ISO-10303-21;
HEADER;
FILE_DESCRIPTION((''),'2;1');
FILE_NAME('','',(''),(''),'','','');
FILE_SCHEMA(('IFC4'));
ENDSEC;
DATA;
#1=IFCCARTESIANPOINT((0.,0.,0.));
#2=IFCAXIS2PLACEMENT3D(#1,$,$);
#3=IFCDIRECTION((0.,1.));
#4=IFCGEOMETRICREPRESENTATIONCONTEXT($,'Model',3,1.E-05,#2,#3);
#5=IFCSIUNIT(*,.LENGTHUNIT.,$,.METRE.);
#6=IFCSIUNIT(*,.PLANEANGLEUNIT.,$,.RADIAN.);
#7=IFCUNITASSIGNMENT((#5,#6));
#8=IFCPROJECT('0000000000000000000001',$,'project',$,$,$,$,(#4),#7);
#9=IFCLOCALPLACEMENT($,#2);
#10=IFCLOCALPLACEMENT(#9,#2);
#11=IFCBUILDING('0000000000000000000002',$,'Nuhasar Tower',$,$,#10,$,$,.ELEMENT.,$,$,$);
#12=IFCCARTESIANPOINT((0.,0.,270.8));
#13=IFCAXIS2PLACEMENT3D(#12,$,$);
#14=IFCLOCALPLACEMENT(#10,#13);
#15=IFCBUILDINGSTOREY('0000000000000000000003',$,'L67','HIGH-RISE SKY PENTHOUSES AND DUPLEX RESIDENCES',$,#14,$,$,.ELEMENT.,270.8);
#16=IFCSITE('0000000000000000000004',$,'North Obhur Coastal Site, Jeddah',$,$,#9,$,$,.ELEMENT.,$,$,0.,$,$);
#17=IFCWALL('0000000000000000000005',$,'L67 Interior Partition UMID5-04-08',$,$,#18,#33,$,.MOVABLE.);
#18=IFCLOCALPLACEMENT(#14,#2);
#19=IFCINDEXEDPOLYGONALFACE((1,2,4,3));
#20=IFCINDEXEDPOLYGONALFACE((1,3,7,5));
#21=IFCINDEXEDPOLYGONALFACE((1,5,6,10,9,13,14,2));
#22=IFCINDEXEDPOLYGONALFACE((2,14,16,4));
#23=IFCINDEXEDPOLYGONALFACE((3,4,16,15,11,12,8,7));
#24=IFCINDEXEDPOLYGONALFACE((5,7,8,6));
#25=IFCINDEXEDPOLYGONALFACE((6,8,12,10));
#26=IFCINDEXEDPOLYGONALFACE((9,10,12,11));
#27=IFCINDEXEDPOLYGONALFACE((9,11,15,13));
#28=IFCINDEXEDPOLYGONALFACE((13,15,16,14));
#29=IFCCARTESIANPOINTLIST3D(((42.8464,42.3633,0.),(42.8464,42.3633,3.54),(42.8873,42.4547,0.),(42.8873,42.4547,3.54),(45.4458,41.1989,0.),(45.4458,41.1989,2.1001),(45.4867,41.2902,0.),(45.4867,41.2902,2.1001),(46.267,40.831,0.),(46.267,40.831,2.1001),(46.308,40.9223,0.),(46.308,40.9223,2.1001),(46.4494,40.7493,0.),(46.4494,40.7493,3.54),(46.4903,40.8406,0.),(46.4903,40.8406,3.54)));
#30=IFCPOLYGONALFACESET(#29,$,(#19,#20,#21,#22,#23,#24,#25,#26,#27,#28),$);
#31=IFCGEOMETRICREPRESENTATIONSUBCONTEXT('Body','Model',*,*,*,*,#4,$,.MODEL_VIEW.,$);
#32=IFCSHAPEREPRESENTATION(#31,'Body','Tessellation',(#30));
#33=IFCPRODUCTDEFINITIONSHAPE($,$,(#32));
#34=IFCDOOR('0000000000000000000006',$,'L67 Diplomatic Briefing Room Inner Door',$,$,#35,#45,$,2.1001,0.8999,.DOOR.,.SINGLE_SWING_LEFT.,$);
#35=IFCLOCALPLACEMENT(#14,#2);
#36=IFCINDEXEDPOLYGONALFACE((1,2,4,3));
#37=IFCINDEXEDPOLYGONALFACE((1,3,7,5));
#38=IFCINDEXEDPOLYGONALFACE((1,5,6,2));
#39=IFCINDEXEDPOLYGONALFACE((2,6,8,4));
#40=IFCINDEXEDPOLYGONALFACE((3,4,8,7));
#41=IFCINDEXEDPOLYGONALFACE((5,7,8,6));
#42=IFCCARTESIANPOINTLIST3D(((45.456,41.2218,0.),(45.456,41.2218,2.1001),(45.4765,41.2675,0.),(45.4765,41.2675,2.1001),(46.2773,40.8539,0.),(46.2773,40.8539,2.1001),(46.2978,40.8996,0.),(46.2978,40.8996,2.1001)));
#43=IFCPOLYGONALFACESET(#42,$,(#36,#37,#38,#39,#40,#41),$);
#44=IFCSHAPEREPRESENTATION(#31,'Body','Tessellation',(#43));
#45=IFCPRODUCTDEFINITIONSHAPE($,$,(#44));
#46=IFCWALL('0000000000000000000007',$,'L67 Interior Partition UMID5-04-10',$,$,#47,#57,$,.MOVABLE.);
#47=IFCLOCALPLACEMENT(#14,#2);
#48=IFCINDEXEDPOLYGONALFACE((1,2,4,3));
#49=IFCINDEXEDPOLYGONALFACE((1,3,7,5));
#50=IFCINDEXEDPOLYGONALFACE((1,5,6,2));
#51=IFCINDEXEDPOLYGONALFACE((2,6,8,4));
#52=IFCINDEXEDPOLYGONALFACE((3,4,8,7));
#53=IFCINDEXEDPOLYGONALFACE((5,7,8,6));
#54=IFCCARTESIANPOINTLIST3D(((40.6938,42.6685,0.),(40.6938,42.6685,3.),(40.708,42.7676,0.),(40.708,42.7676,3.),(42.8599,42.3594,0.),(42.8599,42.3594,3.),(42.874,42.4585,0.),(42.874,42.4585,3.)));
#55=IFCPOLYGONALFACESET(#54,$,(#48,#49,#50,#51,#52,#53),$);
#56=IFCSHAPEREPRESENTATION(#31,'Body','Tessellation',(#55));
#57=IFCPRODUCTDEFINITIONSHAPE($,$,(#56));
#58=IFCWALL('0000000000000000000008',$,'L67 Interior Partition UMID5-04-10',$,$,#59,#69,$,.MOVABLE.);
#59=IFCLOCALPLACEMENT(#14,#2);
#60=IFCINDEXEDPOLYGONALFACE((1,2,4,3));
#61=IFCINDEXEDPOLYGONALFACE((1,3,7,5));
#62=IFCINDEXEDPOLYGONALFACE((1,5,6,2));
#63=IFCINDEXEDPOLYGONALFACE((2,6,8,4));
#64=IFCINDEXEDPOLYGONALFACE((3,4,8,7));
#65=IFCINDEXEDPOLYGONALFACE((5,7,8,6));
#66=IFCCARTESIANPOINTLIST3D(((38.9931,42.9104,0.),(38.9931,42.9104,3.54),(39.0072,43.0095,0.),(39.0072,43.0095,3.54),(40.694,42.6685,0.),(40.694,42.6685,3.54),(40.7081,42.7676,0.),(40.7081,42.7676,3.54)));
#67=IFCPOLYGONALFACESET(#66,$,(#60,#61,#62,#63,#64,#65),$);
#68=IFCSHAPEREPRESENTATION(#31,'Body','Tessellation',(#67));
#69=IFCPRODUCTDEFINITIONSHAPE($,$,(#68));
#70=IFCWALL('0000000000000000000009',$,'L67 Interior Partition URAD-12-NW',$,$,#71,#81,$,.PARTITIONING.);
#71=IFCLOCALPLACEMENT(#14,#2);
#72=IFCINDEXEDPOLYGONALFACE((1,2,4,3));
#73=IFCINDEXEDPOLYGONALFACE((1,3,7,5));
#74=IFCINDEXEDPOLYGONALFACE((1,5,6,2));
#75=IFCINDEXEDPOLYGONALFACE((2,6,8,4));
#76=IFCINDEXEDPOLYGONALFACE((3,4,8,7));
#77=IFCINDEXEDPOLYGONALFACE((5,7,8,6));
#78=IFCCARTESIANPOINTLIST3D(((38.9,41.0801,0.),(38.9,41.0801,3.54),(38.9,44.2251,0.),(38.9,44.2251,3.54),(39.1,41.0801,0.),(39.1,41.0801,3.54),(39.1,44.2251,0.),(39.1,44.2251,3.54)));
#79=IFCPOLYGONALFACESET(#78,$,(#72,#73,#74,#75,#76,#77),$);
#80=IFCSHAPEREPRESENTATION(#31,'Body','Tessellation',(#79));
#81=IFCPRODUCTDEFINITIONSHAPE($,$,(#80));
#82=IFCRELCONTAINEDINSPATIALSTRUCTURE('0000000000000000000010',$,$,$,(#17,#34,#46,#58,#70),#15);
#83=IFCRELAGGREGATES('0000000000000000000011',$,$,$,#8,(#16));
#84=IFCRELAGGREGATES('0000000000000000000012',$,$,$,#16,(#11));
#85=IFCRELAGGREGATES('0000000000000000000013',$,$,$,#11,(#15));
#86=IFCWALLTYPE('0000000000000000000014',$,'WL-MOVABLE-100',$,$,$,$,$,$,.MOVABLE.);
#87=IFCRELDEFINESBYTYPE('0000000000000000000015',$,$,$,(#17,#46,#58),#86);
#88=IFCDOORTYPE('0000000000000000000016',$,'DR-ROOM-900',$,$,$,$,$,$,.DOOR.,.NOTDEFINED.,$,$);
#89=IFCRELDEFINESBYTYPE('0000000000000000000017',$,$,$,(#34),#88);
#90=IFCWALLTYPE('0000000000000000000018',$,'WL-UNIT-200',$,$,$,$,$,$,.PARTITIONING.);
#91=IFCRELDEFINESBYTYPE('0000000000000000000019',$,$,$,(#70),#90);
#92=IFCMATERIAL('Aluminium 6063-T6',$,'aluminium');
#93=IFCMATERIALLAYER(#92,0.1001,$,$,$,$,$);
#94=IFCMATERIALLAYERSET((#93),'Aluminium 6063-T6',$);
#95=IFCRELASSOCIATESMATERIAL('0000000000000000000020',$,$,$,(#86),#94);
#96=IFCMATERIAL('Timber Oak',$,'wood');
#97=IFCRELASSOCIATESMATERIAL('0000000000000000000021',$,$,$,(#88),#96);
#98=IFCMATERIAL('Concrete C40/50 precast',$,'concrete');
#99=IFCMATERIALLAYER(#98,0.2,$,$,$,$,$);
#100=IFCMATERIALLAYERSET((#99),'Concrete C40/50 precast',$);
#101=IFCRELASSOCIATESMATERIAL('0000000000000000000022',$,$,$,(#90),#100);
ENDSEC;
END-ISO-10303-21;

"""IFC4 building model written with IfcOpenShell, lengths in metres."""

from ifc_helpers import new_model, si_unit, direction, frame, frame_2d, origin, place, context, subcontext, project, spatial, rectangle, extrude, material, layer, layer_set, type_object, element, fill, save


model = new_model("IFC4")

# Units and contexts
model_context = context("Model", 3, precision=1e-05, world=origin(), true_north=direction((0.0, 1.0)))
body_context = subcontext(model_context, "Body", "Model", "MODEL_VIEW")
ifc_project = project(units=[si_unit("LENGTHUNIT", "METRE"), si_unit("PLANEANGLEUNIT", "RADIAN")], contexts=[model_context])

# Site, building, storey
site_placement = place(None, origin())
site = spatial("IfcSite", under=ifc_project, at=site_placement, Name="North Obhur Coastal Site, Jeddah", CompositionType="ELEMENT", RefElevation=0.0)
building_placement = place(site_placement, origin())
building = spatial("IfcBuilding", under=site, at=building_placement, Name="Nuhasar Tower", CompositionType="ELEMENT")
storey_placement = place(building_placement, frame((0.0, 0.0, 270.8)))
storey = spatial("IfcBuildingStorey", under=building, at=storey_placement, Name="L67", Description="HIGH-RISE SKY PENTHOUSES AND DUPLEX RESIDENCES", CompositionType="ELEMENT", Elevation=270.8)

# Shared definitions
ifc_material_1 = material(Name="Aluminium 6063-T6", Category="aluminium")

# Shared definitions
ifc_material_2 = material(Name="Timber Oak", Category="wood")

# Wall, opening, door
ifc_layer_1 = layer(ifc_material_1, 0.1001)
ifc_layer_set_1 = layer_set([ifc_layer_1], Name="Aluminium 6063-T6")
wall_type_1 = type_object("IfcWallType", Name="WL-MOVABLE-100", PredefinedType="MOVABLE", material=ifc_layer_set_1)
wall_1_placement = place(storey_placement, frame((46.47, 40.7949, 0.0), z_axis=(0.0, 0.0, 1.0), x_axis=(-0.912617, 0.408816, 0.0)))
wall_1 = element("IfcWall", 1, at=wall_1_placement, inside=storey, type_object=wall_type_1, Name="L67 Interior Partition UMID5-04-08", PredefinedType="MOVABLE", context=body_context, shape_type="SweptSolid", body=[
    extrude(rectangle(XDim=3.948, YDim=0.1001, at=frame_2d((1.9741, 0.0))), origin(), (0.0, 0.0, 1.0), 3.54),
])
opening_1_placement = place(wall_1_placement, frame((0.2, 0.0, 0.0)))
opening_1 = element("IfcOpeningElement", 2, at=opening_1_placement, cuts=wall_1, PredefinedType="OPENING", context=body_context, shape_type="SweptSolid", body=[
    extrude(rectangle(XDim=0.8999, YDim=2.1001, at=frame_2d((0.45, 1.05))), frame((0.0, 0.0601, 0.0), z_axis=(0.0, -1.0, 0.0), x_axis=(1.0, 0.0, 0.0)), (0.0, 0.0, 1.0), 0.1201),
])
door_type_1 = type_object("IfcDoorType", Name="DR-ROOM-900", OperationType="NOTDEFINED", PredefinedType="DOOR", material=ifc_material_2)
door_1_placement = place(opening_1_placement, origin())
door_1 = element("IfcDoor", 3, at=door_1_placement, inside=storey, type_object=door_type_1, Name="L67 Diplomatic Briefing Room Inner Door", OperationType="SINGLE_SWING_LEFT", OverallHeight=2.1001, OverallWidth=0.8999, PredefinedType="DOOR", context=body_context, shape_type="SweptSolid", body=[
    extrude(rectangle(XDim=0.8999, YDim=2.1001, at=frame_2d((0.45, 1.05))), frame((0.0, 0.0249, 0.0), z_axis=(0.0, -1.0, 0.0), x_axis=(1.0, 0.0, 0.0)), (0.0, 0.0, 1.0), 0.05),
])
fill(opening_1, door_1)

# Walls
wall_2_placement = place(storey_placement, frame((42.8669, 42.4089, 0.0), z_axis=(0.0, 0.0, 1.0), x_axis=(-0.989972, 0.141265, 0.0)))
element("IfcWall", 4, at=wall_2_placement, inside=storey, type_object=wall_type_1, Name="L67 Interior Partition UMID5-04-10", PredefinedType="MOVABLE", context=body_context, shape_type="SweptSolid", body=[
    extrude(rectangle(XDim=2.188, YDim=0.1001, at=frame_2d((1.094, 0.0))), origin(), (0.0, 0.0, 1.0), 3.0),
])
wall_3_placement = place(storey_placement, frame((40.7009, 42.718, 0.0), z_axis=(0.0, 0.0, 1.0), x_axis=(-0.990035, 0.140824, 0.0)))
element("IfcWall", 5, at=wall_3_placement, inside=storey, type_object=wall_type_1, Name="L67 Interior Partition UMID5-04-10", PredefinedType="MOVABLE", context=body_context, shape_type="SweptSolid", body=[
    extrude(rectangle(XDim=1.718, YDim=0.1001, at=frame_2d((0.8589, 0.0))), origin(), (0.0, 0.0, 1.0), 3.54),
])
ifc_material_3 = material(Name="Concrete C40/50 precast", Category="concrete")
ifc_layer_2 = layer(ifc_material_3, 0.2)
ifc_layer_set_2 = layer_set([ifc_layer_2], Name="Concrete C40/50 precast")
wall_type_2 = type_object("IfcWallType", Name="WL-UNIT-200", PredefinedType="PARTITIONING", material=ifc_layer_set_2)
wall_4_placement = place(storey_placement, frame((39.0, 41.0801, 0.0), z_axis=(0.0, 0.0, 1.0), x_axis=(0.0, 1.0, 0.0)))
element("IfcWall", 6, at=wall_4_placement, inside=storey, type_object=wall_type_2, Name="L67 Interior Partition URAD-12-NW", PredefinedType="PARTITIONING", context=body_context, shape_type="SweptSolid", body=[
    extrude(rectangle(XDim=3.145, YDim=0.2, at=frame_2d((1.5725, 0.0))), origin(), (0.0, 0.0, 1.0), 3.54),
])

save(model, "model.ifc")
